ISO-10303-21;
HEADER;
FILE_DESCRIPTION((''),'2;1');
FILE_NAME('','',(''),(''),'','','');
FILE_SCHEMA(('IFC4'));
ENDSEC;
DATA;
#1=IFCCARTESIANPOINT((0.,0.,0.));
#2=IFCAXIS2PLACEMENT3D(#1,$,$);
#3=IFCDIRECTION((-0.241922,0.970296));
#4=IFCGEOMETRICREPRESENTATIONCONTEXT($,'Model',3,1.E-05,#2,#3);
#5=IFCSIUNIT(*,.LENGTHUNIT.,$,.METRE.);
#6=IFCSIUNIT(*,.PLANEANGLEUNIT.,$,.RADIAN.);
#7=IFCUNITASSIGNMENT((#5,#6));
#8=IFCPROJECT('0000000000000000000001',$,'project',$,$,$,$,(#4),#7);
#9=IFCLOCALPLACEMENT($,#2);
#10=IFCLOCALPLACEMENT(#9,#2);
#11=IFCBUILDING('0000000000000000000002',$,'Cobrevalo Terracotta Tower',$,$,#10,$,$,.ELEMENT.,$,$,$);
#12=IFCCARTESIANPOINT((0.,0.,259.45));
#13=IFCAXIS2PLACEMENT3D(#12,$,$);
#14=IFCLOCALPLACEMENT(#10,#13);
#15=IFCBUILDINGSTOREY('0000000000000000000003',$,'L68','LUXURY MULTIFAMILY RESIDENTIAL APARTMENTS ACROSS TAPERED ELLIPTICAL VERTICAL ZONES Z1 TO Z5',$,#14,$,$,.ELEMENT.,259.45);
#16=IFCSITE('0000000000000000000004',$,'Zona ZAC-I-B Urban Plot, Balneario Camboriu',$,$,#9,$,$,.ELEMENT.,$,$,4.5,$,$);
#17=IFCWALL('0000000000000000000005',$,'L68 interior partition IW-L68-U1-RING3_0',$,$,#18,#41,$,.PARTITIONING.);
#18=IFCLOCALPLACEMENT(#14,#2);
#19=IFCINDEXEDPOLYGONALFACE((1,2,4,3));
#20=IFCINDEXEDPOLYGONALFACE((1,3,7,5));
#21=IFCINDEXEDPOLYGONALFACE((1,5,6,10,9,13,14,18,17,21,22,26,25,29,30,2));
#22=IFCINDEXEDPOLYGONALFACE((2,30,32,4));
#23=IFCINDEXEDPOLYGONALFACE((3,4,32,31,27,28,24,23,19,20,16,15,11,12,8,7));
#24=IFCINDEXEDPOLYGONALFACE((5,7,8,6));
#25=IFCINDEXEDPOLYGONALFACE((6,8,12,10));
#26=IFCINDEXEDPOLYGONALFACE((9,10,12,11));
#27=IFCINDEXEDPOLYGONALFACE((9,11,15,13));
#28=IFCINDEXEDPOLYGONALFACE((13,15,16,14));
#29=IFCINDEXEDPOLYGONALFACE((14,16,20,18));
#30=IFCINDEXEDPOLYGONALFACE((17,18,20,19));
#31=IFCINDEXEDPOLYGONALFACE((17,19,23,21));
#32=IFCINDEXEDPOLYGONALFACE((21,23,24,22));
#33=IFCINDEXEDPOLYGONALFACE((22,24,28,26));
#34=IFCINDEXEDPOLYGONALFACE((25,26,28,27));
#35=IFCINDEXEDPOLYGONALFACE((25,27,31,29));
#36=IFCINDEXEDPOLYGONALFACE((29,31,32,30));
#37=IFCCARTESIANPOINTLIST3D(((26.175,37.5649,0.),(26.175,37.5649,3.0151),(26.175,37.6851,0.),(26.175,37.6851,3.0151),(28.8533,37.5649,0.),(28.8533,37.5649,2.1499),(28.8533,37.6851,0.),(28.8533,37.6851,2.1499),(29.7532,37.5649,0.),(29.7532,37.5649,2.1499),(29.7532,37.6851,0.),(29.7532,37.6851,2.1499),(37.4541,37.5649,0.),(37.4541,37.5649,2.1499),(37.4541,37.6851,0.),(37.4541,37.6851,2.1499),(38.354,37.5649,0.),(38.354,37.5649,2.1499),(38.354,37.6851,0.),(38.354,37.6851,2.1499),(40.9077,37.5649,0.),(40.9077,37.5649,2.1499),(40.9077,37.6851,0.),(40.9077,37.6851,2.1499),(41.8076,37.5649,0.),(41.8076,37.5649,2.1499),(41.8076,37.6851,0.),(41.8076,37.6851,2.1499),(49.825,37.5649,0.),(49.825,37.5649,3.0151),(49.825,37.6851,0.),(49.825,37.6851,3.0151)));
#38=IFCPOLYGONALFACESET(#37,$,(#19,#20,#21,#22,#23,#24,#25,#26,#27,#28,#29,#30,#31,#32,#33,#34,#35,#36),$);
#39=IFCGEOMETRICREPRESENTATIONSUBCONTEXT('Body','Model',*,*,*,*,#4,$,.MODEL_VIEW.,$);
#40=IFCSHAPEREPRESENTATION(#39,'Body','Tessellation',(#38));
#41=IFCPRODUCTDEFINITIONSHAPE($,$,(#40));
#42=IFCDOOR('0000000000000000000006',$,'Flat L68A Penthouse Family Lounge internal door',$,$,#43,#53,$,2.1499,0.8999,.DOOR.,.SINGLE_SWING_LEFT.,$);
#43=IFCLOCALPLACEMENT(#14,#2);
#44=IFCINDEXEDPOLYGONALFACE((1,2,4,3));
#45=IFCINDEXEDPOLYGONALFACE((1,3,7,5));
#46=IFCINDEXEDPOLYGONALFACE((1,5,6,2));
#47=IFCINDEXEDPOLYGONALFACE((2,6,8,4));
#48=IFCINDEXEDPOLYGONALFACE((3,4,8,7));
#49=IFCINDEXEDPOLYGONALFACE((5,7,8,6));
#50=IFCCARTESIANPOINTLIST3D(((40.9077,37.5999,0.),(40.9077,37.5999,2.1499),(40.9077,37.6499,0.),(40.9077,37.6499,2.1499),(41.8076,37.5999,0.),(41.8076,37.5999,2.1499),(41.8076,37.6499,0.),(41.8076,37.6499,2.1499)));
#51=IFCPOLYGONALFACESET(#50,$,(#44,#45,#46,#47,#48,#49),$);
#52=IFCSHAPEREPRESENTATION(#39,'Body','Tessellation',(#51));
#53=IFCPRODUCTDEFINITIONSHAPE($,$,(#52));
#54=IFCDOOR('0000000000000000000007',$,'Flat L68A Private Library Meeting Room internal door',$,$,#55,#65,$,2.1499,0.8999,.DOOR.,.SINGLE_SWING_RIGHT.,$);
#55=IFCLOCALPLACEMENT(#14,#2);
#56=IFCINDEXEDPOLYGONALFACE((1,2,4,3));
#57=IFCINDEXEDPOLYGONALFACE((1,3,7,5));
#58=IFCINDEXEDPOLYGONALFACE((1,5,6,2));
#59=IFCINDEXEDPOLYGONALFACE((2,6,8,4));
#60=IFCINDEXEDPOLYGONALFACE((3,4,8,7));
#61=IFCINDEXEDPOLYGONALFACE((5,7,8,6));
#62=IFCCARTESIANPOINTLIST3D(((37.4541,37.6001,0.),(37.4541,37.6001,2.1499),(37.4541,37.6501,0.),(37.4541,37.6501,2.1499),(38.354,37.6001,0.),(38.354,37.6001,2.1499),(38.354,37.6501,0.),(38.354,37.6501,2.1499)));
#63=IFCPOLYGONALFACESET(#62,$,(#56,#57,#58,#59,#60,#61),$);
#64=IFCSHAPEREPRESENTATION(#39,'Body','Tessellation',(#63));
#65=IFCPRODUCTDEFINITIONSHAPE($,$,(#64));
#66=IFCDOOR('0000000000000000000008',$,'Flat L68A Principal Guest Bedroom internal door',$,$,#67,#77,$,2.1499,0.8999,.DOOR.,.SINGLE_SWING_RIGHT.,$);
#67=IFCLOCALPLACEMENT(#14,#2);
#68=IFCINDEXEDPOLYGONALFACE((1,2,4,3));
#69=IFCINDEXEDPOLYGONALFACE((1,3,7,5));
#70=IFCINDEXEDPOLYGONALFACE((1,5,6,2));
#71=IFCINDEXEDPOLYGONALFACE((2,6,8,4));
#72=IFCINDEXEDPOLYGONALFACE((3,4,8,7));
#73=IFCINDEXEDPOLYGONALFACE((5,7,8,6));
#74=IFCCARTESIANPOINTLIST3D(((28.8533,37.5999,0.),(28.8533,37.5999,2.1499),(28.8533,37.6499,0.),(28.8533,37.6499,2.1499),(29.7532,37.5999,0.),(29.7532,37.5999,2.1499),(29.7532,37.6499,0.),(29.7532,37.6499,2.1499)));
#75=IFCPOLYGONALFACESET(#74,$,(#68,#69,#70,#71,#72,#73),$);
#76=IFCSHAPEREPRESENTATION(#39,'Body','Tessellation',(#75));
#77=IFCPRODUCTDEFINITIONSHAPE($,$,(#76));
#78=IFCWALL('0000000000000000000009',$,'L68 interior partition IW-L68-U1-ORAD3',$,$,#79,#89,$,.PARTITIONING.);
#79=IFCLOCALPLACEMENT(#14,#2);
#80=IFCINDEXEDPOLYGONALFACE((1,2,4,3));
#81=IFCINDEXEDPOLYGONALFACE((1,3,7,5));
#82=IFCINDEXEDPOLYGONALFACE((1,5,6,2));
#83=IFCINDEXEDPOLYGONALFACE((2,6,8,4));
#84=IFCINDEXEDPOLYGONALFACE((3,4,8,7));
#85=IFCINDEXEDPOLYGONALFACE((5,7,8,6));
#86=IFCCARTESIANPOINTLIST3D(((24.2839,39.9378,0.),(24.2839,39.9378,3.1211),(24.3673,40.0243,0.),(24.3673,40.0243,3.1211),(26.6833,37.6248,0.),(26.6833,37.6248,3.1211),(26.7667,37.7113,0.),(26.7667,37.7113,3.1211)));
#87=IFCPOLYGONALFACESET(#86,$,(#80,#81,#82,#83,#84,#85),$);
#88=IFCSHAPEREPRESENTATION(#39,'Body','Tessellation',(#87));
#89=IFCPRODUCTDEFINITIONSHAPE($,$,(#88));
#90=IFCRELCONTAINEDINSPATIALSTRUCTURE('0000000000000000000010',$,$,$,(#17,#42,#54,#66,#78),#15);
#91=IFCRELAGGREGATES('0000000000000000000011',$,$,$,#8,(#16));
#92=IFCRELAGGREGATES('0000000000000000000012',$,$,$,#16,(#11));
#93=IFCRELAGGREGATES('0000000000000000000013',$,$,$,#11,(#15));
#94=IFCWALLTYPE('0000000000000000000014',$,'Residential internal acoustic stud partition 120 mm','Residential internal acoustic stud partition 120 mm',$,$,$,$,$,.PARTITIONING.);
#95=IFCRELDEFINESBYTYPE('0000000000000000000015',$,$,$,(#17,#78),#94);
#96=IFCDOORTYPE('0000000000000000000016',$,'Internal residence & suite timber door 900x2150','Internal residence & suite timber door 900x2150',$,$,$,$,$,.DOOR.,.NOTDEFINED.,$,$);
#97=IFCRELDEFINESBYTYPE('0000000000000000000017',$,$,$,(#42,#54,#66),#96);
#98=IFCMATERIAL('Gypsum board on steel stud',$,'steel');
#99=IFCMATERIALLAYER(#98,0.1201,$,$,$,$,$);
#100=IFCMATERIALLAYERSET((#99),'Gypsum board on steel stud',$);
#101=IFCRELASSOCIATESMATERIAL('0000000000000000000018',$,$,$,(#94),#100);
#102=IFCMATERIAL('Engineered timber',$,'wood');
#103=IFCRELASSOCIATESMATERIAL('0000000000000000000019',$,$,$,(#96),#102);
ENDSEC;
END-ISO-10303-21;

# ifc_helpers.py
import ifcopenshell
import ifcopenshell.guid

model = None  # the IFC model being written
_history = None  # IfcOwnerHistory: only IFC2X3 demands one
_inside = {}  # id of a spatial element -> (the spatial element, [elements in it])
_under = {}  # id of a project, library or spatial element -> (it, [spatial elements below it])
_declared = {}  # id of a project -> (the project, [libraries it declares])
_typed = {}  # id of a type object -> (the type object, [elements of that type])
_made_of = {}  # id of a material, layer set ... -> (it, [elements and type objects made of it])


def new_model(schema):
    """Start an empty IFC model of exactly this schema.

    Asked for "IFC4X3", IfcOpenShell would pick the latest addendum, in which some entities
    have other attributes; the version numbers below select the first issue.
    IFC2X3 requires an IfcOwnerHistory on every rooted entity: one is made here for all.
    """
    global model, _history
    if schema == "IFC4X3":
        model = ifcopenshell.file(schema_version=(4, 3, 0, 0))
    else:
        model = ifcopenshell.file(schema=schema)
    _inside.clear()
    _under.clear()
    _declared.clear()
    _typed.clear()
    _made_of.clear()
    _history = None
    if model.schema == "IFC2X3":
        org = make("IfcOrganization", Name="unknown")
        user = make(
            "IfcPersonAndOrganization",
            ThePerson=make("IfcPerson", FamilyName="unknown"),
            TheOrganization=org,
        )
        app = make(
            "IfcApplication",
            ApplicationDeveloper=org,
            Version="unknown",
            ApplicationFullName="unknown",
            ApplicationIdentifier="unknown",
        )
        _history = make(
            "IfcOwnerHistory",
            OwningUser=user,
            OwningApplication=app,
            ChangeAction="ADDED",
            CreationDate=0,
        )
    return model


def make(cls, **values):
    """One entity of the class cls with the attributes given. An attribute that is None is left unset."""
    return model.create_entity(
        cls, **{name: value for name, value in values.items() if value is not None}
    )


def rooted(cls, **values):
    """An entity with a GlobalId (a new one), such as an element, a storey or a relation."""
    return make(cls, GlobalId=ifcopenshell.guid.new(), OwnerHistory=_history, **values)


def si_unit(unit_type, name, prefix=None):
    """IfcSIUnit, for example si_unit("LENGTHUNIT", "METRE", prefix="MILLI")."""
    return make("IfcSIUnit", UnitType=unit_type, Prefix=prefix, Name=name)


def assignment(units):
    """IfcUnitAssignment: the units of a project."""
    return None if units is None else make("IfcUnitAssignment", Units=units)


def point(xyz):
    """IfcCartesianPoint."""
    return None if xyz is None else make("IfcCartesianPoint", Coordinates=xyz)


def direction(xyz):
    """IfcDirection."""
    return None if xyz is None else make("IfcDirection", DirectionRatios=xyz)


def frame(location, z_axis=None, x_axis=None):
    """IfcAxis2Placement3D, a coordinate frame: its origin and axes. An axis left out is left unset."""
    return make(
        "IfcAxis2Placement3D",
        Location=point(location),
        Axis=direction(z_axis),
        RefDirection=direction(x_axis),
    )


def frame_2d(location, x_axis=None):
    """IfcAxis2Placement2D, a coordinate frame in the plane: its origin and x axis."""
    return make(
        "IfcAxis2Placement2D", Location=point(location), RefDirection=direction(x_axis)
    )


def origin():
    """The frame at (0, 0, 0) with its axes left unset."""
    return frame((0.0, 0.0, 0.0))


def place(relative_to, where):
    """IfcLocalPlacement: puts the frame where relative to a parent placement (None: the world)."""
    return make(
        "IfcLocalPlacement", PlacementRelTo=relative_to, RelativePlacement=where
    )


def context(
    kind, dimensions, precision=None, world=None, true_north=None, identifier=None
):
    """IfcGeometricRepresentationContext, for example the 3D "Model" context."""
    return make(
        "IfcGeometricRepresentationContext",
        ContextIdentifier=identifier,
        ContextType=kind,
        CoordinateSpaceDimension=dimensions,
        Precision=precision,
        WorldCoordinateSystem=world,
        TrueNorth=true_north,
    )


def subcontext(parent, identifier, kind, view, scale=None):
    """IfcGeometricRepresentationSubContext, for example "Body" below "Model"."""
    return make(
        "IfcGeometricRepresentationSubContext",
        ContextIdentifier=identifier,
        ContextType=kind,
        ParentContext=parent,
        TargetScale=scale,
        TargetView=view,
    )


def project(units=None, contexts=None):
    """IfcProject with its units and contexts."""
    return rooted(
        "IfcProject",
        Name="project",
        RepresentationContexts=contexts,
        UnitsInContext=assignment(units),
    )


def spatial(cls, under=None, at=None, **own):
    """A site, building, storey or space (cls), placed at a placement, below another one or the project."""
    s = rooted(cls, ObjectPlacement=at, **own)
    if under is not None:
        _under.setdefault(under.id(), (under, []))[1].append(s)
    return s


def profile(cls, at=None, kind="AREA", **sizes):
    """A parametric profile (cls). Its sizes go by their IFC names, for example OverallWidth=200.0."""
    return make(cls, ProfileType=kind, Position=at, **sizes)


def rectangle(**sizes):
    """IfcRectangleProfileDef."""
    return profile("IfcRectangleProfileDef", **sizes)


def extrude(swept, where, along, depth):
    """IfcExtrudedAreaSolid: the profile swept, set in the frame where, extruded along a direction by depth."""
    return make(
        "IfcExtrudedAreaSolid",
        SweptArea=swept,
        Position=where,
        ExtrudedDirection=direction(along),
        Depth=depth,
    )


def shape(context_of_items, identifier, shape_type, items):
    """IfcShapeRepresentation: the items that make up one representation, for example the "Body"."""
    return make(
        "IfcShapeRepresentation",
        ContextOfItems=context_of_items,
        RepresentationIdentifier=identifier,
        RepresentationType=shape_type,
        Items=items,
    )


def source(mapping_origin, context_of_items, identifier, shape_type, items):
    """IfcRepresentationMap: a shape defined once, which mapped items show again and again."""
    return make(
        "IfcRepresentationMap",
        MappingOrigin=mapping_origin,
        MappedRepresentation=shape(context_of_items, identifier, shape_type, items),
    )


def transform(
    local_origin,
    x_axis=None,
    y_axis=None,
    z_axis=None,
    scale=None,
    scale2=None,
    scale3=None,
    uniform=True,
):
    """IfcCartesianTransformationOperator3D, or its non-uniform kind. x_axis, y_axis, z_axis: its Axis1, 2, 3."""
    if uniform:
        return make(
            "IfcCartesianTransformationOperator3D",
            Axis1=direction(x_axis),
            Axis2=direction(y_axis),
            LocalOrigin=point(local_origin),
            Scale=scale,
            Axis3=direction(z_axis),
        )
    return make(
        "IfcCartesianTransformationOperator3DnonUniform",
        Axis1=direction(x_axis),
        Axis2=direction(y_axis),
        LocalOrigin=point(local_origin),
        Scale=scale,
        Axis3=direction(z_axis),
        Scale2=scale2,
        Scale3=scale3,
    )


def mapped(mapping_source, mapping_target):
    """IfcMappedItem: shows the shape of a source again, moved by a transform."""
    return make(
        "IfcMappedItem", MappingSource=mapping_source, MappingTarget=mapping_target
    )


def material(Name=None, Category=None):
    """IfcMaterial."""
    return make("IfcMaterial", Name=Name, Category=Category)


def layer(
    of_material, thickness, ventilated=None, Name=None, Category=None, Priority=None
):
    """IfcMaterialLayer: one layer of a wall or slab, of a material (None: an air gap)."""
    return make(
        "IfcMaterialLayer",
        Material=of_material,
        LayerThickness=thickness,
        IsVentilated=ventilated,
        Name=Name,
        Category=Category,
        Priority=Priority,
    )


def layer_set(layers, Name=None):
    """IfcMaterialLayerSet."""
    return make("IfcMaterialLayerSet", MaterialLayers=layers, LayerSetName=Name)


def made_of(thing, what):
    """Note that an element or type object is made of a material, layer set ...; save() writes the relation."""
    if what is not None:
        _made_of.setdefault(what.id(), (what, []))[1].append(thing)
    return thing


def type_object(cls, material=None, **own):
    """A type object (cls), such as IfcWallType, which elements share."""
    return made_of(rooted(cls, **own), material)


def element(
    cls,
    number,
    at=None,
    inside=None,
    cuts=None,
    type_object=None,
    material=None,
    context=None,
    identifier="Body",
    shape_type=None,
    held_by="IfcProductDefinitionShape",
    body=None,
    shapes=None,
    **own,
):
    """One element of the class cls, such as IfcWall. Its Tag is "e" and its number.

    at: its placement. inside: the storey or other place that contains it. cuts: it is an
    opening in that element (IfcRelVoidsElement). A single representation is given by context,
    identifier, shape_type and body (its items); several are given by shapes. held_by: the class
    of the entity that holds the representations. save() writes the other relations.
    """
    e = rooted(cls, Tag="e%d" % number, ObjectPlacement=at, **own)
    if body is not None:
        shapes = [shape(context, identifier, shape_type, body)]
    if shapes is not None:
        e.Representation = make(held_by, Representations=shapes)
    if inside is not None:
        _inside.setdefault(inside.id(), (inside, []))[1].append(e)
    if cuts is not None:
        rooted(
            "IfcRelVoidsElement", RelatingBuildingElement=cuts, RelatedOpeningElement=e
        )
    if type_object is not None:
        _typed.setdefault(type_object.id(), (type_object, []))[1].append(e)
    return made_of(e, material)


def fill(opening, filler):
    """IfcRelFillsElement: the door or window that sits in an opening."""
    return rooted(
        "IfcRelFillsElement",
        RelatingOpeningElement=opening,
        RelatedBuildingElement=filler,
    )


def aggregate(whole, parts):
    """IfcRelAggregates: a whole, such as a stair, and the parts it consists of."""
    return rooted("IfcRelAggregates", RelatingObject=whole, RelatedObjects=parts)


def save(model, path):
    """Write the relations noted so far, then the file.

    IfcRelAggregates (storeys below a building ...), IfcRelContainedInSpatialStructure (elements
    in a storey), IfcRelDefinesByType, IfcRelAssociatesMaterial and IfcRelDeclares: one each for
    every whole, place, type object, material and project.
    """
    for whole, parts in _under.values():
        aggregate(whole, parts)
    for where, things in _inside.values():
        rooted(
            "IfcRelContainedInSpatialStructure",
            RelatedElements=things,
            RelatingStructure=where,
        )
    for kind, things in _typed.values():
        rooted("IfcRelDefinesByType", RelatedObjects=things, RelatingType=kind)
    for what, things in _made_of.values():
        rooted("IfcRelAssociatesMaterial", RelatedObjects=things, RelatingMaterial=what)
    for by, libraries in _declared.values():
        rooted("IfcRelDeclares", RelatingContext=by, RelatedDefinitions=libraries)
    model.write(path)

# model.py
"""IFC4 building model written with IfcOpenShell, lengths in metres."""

from ifc_helpers import new_model, si_unit, direction, frame, frame_2d, origin, place, context, subcontext, project, spatial, rectangle, extrude, source, transform, mapped, material, layer, layer_set, type_object, element, fill, save


model = new_model("IFC4")

# Units and contexts
model_context = context("Model", 3, precision=1e-05, world=origin(), true_north=direction((-0.241922, 0.970296)))
body_context = subcontext(model_context, "Body", "Model", "MODEL_VIEW")
ifc_project = project(units=[si_unit("LENGTHUNIT", "METRE"), si_unit("PLANEANGLEUNIT", "RADIAN")], contexts=[model_context])

# Site, building, storey
site_placement = place(None, origin())
site = spatial("IfcSite", under=ifc_project, at=site_placement, Name="Zona ZAC-I-B Urban Plot, Balneario Camboriu", CompositionType="ELEMENT", RefElevation=4.5)
building_placement = place(site_placement, origin())
building = spatial("IfcBuilding", under=site, at=building_placement, Name="Cobrevalo Terracotta Tower", CompositionType="ELEMENT")
storey_placement = place(building_placement, frame((0.0, 0.0, 259.45)))
storey = spatial("IfcBuildingStorey", under=building, at=storey_placement, Name="L68", Description="LUXURY MULTIFAMILY RESIDENTIAL APARTMENTS ACROSS TAPERED ELLIPTICAL VERTICAL ZONES Z1 TO Z5", CompositionType="ELEMENT", Elevation=259.45)

# Shared definitions
ifc_material_1 = material(Name="Gypsum board on steel stud", Category="steel")
ifc_layer_1 = layer(ifc_material_1, 0.1201)
ifc_layer_set_1 = layer_set([ifc_layer_1], Name="Gypsum board on steel stud")
wall_type = type_object("IfcWallType", Name="Residential internal acoustic stud partition 120 mm", Description="Residential internal acoustic stud partition 120 mm", PredefinedType="PARTITIONING", material=ifc_layer_set_1)
ifc_material_2 = material(Name="Engineered timber", Category="wood")
door_type = type_object("IfcDoorType", Name="Internal residence & suite timber door 900x2150", Description="Internal residence & suite timber door 900x2150", OperationType="NOTDEFINED", PredefinedType="DOOR", material=ifc_material_2)
shared_shape_1 = source(origin(), body_context, "Body", "SweptSolid", [
    extrude(rectangle(XDim=0.8999, YDim=2.1499, at=frame_2d((0.45, 1.075))), frame((0.0, 0.0249, 0.0), z_axis=(0.0, -1.0, 0.0), x_axis=(1.0, 0.0, 0.0)), (0.0, 0.0, 1.0), 0.05),
])

# Wall, openings, doors
wall_1_placement = place(storey_placement, frame((26.175, 37.625, 0.0), z_axis=(0.0, 0.0, 1.0), x_axis=(1.0, 0.0, 0.0)))
wall_1 = element("IfcWall", 1, at=wall_1_placement, inside=storey, type_object=wall_type, Name="L68 interior partition IW-L68-U1-RING3_0", PredefinedType="PARTITIONING", context=body_context, shape_type="SweptSolid", body=[
    extrude(rectangle(XDim=23.6499, YDim=0.1201, at=frame_2d((11.825, 0.0))), origin(), (0.0, 0.0, 1.0), 3.0151),
])
opening_1_placement = place(wall_1_placement, frame((14.7327, 0.0, 0.0)))
opening_1 = element("IfcOpeningElement", 2, at=opening_1_placement, cuts=wall_1, PredefinedType="OPENING", context=body_context, shape_type="SweptSolid", body=[
    extrude(rectangle(XDim=0.8999, YDim=2.1499, at=frame_2d((0.45, 1.075))), frame((0.0, 0.0701, 0.0), z_axis=(0.0, -1.0, 0.0), x_axis=(1.0, 0.0, 0.0)), (0.0, 0.0, 1.0), 0.1401),
])
opening_2_placement = place(wall_1_placement, frame((11.2791, 0.0, 0.0)))
opening_2 = element("IfcOpeningElement", 3, at=opening_2_placement, cuts=wall_1, PredefinedType="OPENING", context=body_context, shape_type="SweptSolid", body=[
    extrude(rectangle(XDim=0.8999, YDim=2.1499, at=frame_2d((0.45, 1.075))), frame((0.0, 0.0701, 0.0), z_axis=(0.0, -1.0, 0.0), x_axis=(1.0, 0.0, 0.0)), (0.0, 0.0, 1.0), 0.1401),
])
opening_3_placement = place(wall_1_placement, frame((2.6782, 0.0, 0.0)))
opening_3 = element("IfcOpeningElement", 4, at=opening_3_placement, cuts=wall_1, PredefinedType="OPENING", context=body_context, shape_type="SweptSolid", body=[
    extrude(rectangle(XDim=0.8999, YDim=2.1499, at=frame_2d((0.45, 1.075))), frame((0.0, 0.0701, 0.0), z_axis=(0.0, -1.0, 0.0), x_axis=(1.0, 0.0, 0.0)), (0.0, 0.0, 1.0), 0.1401),
])
door_1_placement = place(opening_1_placement, origin())
door_1 = element("IfcDoor", 5, at=door_1_placement, inside=storey, type_object=door_type, Name="Flat L68A Penthouse Family Lounge internal door", OperationType="SINGLE_SWING_LEFT", OverallHeight=2.1499, OverallWidth=0.8999, PredefinedType="DOOR", context=body_context, shape_type="MappedRepresentation", body=[
    mapped(shared_shape_1, transform((0.0, 0.0, 0.0), scale=1.0)),
])
fill(opening_1, door_1)
door_2_placement = place(opening_2_placement, frame((0.8999, 0.0, 0.0), z_axis=(0.0, 0.0, 1.0), x_axis=(-1.0, 0.0, 0.0)))
door_2 = element("IfcDoor", 6, at=door_2_placement, inside=storey, type_object=door_type, Name="Flat L68A Private Library Meeting Room internal door", OperationType="SINGLE_SWING_RIGHT", OverallHeight=2.1499, OverallWidth=0.8999, PredefinedType="DOOR", context=body_context, shape_type="MappedRepresentation", body=[
    mapped(shared_shape_1, transform((0.0, 0.0, 0.0), scale=1.0)),
])
fill(opening_2, door_2)
door_3_placement = place(opening_3_placement, origin())
door_3 = element("IfcDoor", 7, at=door_3_placement, inside=storey, type_object=door_type, Name="Flat L68A Principal Guest Bedroom internal door", OperationType="SINGLE_SWING_RIGHT", OverallHeight=2.1499, OverallWidth=0.8999, PredefinedType="DOOR", context=body_context, shape_type="MappedRepresentation", body=[
    mapped(shared_shape_1, transform((0.0, 0.0, 0.0), scale=1.0)),
])
fill(opening_3, door_3)

# Wall
wall_2_placement = place(storey_placement, frame((26.7251, 37.668, 0.0), z_axis=(0.0, 0.0, 1.0), x_axis=(-0.719954, 0.694022, 0.0)))
element("IfcWall", 8, at=wall_2_placement, inside=storey, type_object=wall_type, Name="L68 interior partition IW-L68-U1-ORAD3", PredefinedType="PARTITIONING", context=body_context, shape_type="SweptSolid", body=[
    extrude(rectangle(XDim=3.3328, YDim=0.1201, at=frame_2d((1.6665, 0.0))), origin(), (0.0, 0.0, 1.0), 3.1211),
])

save(model, "model.ifc")
